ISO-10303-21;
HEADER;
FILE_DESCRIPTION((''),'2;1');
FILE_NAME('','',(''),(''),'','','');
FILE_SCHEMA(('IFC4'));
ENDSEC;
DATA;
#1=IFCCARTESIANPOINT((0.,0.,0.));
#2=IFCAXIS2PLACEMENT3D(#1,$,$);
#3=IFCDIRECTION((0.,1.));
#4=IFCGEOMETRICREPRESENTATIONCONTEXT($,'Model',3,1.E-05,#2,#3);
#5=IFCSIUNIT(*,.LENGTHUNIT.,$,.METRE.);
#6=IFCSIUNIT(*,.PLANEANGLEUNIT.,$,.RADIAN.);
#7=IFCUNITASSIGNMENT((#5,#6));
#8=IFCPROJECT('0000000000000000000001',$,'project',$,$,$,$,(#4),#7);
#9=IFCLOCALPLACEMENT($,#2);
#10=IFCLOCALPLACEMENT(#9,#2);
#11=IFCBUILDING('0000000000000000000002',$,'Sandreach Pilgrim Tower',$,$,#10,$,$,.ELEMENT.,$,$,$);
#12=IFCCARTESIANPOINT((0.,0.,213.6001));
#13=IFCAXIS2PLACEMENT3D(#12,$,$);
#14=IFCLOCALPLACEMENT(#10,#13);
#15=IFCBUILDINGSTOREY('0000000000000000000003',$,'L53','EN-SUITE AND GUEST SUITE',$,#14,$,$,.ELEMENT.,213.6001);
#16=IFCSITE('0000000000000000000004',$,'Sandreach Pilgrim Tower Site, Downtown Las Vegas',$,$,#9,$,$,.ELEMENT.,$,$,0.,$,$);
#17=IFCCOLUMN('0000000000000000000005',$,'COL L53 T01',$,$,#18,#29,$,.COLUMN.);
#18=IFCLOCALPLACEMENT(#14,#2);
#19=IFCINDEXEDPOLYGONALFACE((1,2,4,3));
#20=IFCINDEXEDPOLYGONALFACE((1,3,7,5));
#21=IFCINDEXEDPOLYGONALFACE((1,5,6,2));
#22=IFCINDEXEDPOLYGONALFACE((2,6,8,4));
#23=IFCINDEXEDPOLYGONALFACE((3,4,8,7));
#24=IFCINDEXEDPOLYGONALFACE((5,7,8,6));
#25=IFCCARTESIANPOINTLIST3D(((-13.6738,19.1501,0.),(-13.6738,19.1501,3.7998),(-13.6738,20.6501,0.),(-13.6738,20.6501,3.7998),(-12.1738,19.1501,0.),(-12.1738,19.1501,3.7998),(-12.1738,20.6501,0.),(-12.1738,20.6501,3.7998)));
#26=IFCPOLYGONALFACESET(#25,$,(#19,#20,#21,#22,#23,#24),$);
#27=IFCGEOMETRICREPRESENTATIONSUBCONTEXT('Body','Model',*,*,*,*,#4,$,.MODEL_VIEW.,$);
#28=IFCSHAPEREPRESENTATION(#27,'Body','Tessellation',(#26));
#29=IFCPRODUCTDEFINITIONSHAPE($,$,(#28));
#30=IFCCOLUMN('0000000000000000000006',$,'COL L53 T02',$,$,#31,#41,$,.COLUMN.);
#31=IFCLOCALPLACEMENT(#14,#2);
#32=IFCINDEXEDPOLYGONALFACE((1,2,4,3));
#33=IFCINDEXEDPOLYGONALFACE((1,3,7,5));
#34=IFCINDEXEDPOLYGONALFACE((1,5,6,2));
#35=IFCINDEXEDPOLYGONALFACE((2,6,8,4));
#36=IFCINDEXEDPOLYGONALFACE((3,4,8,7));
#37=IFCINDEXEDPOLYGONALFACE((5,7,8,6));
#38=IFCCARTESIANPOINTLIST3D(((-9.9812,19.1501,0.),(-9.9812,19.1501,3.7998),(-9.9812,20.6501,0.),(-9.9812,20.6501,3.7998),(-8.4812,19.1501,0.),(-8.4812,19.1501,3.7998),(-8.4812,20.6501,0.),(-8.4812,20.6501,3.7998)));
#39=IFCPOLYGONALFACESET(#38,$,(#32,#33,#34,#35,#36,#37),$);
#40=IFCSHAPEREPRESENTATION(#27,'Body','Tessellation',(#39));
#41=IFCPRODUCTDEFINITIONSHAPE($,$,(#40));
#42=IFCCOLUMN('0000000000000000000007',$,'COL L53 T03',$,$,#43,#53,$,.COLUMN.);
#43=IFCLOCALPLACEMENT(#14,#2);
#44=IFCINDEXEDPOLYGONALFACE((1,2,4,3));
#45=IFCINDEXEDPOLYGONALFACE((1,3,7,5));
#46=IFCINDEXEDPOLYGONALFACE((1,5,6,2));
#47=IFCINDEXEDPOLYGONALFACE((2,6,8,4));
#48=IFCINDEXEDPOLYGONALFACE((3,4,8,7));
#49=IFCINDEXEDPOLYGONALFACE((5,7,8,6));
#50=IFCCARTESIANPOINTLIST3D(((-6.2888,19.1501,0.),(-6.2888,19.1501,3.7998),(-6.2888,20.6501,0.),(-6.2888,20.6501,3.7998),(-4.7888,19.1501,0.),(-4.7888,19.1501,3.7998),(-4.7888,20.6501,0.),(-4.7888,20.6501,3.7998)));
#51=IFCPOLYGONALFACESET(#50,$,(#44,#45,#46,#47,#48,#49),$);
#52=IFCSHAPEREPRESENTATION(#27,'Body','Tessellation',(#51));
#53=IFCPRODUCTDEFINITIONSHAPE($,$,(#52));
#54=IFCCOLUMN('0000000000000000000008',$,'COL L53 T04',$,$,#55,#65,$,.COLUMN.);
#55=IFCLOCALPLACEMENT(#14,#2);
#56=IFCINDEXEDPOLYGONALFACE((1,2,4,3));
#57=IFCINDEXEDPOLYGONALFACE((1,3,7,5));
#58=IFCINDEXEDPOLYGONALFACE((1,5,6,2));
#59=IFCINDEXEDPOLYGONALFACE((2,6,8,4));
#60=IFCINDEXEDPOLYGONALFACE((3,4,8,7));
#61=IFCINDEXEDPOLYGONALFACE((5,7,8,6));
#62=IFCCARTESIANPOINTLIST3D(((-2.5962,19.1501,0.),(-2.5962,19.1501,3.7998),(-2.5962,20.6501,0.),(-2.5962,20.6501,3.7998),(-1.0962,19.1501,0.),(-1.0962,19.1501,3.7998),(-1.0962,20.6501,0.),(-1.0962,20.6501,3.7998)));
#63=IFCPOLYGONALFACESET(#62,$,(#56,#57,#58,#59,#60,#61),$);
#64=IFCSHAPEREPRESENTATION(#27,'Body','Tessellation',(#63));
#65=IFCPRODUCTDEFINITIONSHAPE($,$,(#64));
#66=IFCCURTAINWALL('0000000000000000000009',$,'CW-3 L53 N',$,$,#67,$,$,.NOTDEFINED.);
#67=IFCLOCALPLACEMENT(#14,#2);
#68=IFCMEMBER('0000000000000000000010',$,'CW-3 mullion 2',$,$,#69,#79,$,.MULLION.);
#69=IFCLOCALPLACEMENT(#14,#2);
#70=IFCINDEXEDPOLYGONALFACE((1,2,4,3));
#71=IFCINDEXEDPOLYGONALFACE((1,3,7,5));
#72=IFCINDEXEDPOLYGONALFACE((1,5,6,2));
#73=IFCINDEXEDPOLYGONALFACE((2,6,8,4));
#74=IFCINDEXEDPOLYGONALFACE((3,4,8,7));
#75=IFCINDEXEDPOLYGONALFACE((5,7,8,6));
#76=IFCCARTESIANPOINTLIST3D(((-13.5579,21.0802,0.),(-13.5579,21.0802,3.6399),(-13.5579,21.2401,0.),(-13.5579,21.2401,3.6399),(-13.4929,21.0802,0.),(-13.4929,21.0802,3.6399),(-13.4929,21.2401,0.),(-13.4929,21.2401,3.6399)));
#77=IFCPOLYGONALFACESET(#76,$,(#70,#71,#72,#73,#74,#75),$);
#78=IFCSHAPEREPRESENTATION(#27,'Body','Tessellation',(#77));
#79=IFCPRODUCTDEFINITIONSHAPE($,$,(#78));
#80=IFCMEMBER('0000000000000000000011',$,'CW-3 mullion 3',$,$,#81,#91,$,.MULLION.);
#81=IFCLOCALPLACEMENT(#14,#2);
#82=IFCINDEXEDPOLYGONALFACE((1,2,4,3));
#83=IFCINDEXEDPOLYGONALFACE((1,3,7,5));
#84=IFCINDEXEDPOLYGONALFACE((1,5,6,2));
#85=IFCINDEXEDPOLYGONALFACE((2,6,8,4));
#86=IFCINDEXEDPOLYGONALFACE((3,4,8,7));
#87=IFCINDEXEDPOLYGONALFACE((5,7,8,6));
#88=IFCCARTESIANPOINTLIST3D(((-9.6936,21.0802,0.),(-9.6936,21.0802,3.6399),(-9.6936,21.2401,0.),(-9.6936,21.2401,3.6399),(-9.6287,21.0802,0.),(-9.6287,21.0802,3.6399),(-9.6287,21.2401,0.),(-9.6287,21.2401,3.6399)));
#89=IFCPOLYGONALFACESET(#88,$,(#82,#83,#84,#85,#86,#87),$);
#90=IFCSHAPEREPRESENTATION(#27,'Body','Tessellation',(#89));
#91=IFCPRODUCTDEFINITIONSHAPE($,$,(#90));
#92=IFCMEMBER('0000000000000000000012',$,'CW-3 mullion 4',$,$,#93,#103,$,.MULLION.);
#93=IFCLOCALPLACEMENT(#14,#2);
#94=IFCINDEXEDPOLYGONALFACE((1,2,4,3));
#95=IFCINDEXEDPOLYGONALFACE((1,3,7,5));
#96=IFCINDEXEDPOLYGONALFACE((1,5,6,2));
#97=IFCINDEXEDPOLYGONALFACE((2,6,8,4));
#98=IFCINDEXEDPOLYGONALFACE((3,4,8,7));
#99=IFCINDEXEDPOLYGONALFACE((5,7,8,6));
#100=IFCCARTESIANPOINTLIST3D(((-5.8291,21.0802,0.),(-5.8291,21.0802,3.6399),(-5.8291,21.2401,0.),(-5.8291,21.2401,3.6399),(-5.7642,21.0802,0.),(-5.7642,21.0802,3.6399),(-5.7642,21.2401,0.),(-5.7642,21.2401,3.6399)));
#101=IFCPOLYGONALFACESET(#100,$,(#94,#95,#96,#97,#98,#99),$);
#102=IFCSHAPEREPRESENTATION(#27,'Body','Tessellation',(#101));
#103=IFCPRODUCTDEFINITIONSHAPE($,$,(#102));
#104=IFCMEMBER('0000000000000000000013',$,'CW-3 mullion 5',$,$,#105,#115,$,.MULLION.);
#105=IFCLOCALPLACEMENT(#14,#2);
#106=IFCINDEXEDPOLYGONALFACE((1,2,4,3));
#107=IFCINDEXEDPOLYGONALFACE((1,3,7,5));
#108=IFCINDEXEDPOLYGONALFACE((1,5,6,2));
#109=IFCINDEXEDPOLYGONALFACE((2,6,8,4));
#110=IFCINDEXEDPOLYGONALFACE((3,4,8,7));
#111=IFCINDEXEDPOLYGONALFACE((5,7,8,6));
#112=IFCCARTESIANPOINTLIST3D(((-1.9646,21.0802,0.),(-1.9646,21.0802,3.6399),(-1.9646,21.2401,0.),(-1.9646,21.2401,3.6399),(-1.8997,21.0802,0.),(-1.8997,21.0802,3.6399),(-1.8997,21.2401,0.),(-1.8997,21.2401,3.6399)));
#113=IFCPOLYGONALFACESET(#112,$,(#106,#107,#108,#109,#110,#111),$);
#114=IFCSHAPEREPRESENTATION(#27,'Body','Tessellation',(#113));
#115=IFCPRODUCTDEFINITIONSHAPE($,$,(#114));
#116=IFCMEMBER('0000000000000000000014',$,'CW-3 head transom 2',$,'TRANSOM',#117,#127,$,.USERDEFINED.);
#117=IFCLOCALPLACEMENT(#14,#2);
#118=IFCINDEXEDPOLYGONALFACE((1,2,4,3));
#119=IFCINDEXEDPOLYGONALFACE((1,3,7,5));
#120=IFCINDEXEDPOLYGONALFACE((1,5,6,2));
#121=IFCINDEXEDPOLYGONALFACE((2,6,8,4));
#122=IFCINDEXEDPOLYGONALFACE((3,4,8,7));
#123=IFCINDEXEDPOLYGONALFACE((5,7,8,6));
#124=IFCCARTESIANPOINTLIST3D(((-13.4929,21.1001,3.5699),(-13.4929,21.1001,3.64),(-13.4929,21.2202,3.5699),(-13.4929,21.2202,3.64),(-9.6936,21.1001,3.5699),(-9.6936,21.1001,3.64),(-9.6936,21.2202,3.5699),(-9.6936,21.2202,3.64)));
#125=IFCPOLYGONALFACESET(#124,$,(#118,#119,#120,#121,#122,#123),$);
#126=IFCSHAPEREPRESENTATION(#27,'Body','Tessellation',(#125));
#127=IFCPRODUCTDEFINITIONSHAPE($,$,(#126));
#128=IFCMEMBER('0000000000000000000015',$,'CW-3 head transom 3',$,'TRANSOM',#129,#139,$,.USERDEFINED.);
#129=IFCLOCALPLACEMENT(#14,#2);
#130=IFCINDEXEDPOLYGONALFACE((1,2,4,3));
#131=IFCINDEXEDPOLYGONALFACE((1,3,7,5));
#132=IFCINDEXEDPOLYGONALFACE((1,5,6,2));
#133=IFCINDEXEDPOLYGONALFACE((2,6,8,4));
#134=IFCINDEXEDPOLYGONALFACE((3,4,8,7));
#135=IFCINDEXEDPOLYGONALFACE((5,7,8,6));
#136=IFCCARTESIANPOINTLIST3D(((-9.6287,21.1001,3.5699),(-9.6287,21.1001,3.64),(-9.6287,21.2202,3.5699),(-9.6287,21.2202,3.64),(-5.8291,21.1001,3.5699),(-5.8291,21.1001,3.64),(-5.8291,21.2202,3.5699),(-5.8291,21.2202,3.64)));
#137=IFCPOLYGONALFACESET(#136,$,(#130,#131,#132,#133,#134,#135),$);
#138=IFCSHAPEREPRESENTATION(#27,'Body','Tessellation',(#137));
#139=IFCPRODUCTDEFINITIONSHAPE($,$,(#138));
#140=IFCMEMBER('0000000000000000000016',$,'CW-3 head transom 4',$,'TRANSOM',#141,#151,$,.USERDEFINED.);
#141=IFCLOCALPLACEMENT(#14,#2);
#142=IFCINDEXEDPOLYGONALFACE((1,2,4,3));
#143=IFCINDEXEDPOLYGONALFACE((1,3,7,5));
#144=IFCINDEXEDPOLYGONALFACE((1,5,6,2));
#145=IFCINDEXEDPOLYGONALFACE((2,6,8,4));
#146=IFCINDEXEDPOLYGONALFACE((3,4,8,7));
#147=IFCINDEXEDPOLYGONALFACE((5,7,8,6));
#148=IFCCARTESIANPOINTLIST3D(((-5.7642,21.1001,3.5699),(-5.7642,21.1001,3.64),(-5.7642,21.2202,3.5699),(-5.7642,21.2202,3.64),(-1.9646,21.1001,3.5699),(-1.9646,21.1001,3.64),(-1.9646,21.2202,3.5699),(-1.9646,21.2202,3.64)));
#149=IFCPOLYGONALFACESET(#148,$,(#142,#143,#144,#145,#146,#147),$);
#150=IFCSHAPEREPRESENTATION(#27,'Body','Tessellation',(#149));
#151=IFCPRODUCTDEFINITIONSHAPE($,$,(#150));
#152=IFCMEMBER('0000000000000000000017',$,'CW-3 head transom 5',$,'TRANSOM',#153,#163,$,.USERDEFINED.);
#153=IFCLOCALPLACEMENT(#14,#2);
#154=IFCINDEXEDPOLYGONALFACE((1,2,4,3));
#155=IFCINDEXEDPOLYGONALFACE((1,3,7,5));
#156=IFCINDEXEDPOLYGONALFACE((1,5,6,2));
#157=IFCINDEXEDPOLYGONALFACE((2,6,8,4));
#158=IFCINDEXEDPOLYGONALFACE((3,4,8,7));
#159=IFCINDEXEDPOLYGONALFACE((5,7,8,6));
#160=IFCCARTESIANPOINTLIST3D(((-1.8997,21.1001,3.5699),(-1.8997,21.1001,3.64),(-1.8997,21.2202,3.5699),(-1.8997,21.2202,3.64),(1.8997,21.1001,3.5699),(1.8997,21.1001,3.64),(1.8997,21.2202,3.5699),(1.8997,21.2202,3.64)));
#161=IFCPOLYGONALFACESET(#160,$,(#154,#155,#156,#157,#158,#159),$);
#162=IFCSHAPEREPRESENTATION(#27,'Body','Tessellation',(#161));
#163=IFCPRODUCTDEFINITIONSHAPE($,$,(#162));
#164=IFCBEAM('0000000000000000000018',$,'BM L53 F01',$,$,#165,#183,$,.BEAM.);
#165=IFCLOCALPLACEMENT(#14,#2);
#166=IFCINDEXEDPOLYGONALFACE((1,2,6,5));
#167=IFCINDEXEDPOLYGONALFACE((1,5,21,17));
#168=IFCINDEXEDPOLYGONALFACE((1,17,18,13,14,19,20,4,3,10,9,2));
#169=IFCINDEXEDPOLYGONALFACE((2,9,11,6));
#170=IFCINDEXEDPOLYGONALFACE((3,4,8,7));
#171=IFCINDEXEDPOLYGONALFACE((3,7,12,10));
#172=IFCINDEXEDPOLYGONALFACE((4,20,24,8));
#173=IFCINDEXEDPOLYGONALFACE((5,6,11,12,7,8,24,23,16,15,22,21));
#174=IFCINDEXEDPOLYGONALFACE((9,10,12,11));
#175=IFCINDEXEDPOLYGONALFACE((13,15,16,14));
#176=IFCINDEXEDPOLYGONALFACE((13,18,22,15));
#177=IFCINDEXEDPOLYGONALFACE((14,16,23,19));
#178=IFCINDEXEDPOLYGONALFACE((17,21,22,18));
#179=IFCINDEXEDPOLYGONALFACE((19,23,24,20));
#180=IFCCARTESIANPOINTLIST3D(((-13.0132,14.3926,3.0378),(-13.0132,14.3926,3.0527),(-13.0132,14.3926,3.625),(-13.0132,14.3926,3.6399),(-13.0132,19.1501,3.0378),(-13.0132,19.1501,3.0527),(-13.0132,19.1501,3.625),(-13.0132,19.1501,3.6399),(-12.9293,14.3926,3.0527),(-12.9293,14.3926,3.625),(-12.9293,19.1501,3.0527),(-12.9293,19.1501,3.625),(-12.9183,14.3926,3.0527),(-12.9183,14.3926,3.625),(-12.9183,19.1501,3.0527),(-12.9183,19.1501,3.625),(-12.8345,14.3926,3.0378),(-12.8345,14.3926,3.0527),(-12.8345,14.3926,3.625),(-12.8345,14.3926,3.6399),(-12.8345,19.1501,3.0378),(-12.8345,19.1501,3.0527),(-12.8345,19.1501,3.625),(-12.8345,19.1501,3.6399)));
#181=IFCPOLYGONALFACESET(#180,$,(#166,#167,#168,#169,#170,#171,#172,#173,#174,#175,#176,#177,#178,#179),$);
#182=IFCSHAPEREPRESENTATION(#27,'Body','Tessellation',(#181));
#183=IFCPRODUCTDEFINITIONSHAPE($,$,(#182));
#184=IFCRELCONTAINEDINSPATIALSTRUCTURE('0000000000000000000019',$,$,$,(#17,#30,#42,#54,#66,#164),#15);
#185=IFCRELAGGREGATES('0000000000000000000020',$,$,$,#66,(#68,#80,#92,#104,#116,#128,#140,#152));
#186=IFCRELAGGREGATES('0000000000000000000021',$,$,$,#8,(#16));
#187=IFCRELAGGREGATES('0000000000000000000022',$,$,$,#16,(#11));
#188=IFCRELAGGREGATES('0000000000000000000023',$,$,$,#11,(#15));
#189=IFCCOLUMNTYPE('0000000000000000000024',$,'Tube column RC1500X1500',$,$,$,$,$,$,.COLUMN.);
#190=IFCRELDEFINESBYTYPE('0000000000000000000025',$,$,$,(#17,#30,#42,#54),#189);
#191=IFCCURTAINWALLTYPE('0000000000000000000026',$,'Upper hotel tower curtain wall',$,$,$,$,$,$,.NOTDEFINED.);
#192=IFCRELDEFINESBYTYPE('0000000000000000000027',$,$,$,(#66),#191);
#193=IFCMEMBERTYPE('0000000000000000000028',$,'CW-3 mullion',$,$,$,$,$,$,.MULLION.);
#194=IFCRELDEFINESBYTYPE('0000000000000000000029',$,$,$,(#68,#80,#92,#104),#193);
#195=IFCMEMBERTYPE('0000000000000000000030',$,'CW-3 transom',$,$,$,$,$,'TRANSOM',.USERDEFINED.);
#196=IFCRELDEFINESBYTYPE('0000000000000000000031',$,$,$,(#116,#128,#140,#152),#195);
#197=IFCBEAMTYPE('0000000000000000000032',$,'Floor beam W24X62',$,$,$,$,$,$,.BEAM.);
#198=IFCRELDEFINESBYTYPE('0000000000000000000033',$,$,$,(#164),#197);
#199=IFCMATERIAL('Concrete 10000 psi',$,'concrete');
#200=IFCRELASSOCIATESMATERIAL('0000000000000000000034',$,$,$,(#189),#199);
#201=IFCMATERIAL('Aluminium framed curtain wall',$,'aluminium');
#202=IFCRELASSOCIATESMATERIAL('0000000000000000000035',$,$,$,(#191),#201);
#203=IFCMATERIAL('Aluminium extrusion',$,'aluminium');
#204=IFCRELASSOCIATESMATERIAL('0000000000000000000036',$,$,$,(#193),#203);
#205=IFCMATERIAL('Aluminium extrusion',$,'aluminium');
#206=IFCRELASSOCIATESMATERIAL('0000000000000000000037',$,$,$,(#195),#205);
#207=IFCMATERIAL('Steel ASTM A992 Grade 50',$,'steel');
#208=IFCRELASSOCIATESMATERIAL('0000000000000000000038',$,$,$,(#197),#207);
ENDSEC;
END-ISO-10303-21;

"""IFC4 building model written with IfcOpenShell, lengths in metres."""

from ifc_helpers import new_model, si_unit, direction, frame, origin, origin_2d, place, context, subcontext, project, spatial, rectangle, i_section, extrude, material, material_profile, profile_set, type_object, element, aggregate, save


model = new_model("IFC4")

# Units and contexts
model_context = context("Model", 3, precision=1e-05, world=origin(), true_north=direction((0.0, 1.0)))
body_context = subcontext(model_context, "Body", "Model", "MODEL_VIEW")
ifc_project = project(units=[si_unit("LENGTHUNIT", "METRE"), si_unit("PLANEANGLEUNIT", "RADIAN")], contexts=[model_context])

# Site, building, storey
site_placement = place(None, origin())
site = spatial("IfcSite", under=ifc_project, at=site_placement, Name="Sandreach Pilgrim Tower Site, Downtown Las Vegas", CompositionType="ELEMENT", RefElevation=0.0)
building_placement = place(site_placement, origin())
building = spatial("IfcBuilding", under=site, at=building_placement, Name="Sandreach Pilgrim Tower", CompositionType="ELEMENT")
storey_placement = place(building_placement, frame((0.0, 0.0, 213.6001)))
storey = spatial("IfcBuildingStorey", under=building, at=storey_placement, Name="L53", Description="EN-SUITE AND GUEST SUITE", CompositionType="ELEMENT", Elevation=213.6001)

# Columns
ifc_material_1 = material(Name="Concrete 10000 psi", Category="concrete")
ifc_material_profile_1 = material_profile(ifc_material_1, rectangle(XDim=1.5, YDim=1.5, at=origin_2d()), Name="RC1500X1500")
ifc_profile_set_1 = profile_set([ifc_material_profile_1], Name="Concrete 10000 psi")
column_type = type_object("IfcColumnType", Name="Tube column RC1500X1500", PredefinedType="COLUMN", material=ifc_profile_set_1)
for number, where, z_axis, x_axis, name in (
    (1, (-12.9238, 19.9001, 0.0), (0.0, 0.0, 1.0), (0.0, 1.0, 0.0), "COL L53 T01"),
    (2, (-9.2312, 19.9001, 0.0), (0.0, 0.0, 1.0), (0.0, 1.0, 0.0), "COL L53 T02"),
    (3, (-5.5388, 19.9001, 0.0), (0.0, 0.0, 1.0), (0.0, 1.0, 0.0), "COL L53 T03"),
    (4, (-1.8462, 19.9001, 0.0), (0.0, 0.0, 1.0), (0.0, 1.0, 0.0), "COL L53 T04"),
):
    element("IfcColumn", number, at=place(storey_placement, frame(where, z_axis=z_axis, x_axis=x_axis)), inside=storey, type_object=column_type, Name=name, PredefinedType="COLUMN", context=body_context, shape_type="SweptSolid", body=[
        extrude(rectangle(XDim=1.5, YDim=1.5, at=origin_2d()), origin(), (0.0, 0.0, 1.0), 3.7998),
    ])

# Curtain wall, members
ifc_material_2 = material(Name="Aluminium framed curtain wall", Category="aluminium")
curtain_wall_type = type_object("IfcCurtainWallType", Name="Upper hotel tower curtain wall", PredefinedType="NOTDEFINED", material=ifc_material_2)
curtain_wall_placement = place(storey_placement, origin())
curtain_wall = element("IfcCurtainWall", 5, at=curtain_wall_placement, inside=storey, type_object=curtain_wall_type, Name="CW-3 L53 N", PredefinedType="NOTDEFINED")
ifc_material_3 = material(Name="Aluminium extrusion", Category="aluminium")
ifc_material_profile_2 = material_profile(ifc_material_3, rectangle(XDim=0.0649, YDim=0.1599, at=origin_2d()), Name="CW-3M 65X160")
ifc_profile_set_2 = profile_set([ifc_material_profile_2], Name="Aluminium extrusion")
member_type_1 = type_object("IfcMemberType", Name="CW-3 mullion", PredefinedType="MULLION", material=ifc_profile_set_2)
member_1_placement = place(storey_placement, frame((-13.5254, 21.1602, 0.0), z_axis=(0.0, 0.0, 1.0), x_axis=(1.0, 0.0, 0.0)))
member_1 = element("IfcMember", 6, at=member_1_placement, type_object=member_type_1, Name="CW-3 mullion 2", PredefinedType="MULLION", context=body_context, shape_type="SweptSolid", body=[
    extrude(rectangle(XDim=0.0649, YDim=0.1599, at=origin_2d()), origin(), (0.0, 0.0, 1.0), 3.6399),
])
member_2_placement = place(storey_placement, frame((-9.6611, 21.1602, 0.0), z_axis=(0.0, 0.0, 1.0), x_axis=(1.0, 0.0, 0.0)))
member_2 = element("IfcMember", 7, at=member_2_placement, type_object=member_type_1, Name="CW-3 mullion 3", PredefinedType="MULLION", context=body_context, shape_type="SweptSolid", body=[
    extrude(rectangle(XDim=0.0649, YDim=0.1599, at=origin_2d()), origin(), (0.0, 0.0, 1.0), 3.6399),
])
member_3_placement = place(storey_placement, frame((-5.7966, 21.1602, 0.0), z_axis=(0.0, 0.0, 1.0), x_axis=(1.0, 0.0, 0.0)))
member_3 = element("IfcMember", 8, at=member_3_placement, type_object=member_type_1, Name="CW-3 mullion 4", PredefinedType="MULLION", context=body_context, shape_type="SweptSolid", body=[
    extrude(rectangle(XDim=0.0649, YDim=0.1599, at=origin_2d()), origin(), (0.0, 0.0, 1.0), 3.6399),
])
member_4_placement = place(storey_placement, frame((-1.9321, 21.1602, 0.0), z_axis=(0.0, 0.0, 1.0), x_axis=(1.0, 0.0, 0.0)))
member_4 = element("IfcMember", 9, at=member_4_placement, type_object=member_type_1, Name="CW-3 mullion 5", PredefinedType="MULLION", context=body_context, shape_type="SweptSolid", body=[
    extrude(rectangle(XDim=0.0649, YDim=0.1599, at=origin_2d()), origin(), (0.0, 0.0, 1.0), 3.6399),
])
ifc_material_4 = material(Name="Aluminium extrusion", Category="aluminium")
ifc_material_profile_3 = material_profile(ifc_material_4, rectangle(XDim=0.1201, YDim=0.0701, at=origin_2d()), Name="CW-3T 120X70")
ifc_profile_set_3 = profile_set([ifc_material_profile_3], Name="Aluminium extrusion")
member_type_2 = type_object("IfcMemberType", Name="CW-3 transom", ElementType="TRANSOM", PredefinedType="USERDEFINED", material=ifc_profile_set_3)
member_5_placement = place(storey_placement, frame((-13.4929, 21.1602, 3.605), z_axis=(1.0, 0.0, 0.0), x_axis=(0.0, 1.0, 0.0)))
member_5 = element("IfcMember", 10, at=member_5_placement, type_object=member_type_2, Name="CW-3 head transom 2", ObjectType="TRANSOM", PredefinedType="USERDEFINED", context=body_context, shape_type="SweptSolid", body=[
    extrude(rectangle(XDim=0.1201, YDim=0.0701, at=origin_2d()), origin(), (0.0, 0.0, 1.0), 3.7993),
])
member_6_placement = place(storey_placement, frame((-9.6287, 21.1602, 3.605), z_axis=(1.0, 0.0, 0.0), x_axis=(0.0, 1.0, 0.0)))
member_6 = element("IfcMember", 11, at=member_6_placement, type_object=member_type_2, Name="CW-3 head transom 3", ObjectType="TRANSOM", PredefinedType="USERDEFINED", context=body_context, shape_type="SweptSolid", body=[
    extrude(rectangle(XDim=0.1201, YDim=0.0701, at=origin_2d()), origin(), (0.0, 0.0, 1.0), 3.7996),
])
member_7_placement = place(storey_placement, frame((-5.7642, 21.1602, 3.605), z_axis=(1.0, 0.0, 0.0), x_axis=(0.0, 1.0, 0.0)))
member_7 = element("IfcMember", 12, at=member_7_placement, type_object=member_type_2, Name="CW-3 head transom 4", ObjectType="TRANSOM", PredefinedType="USERDEFINED", context=body_context, shape_type="SweptSolid", body=[
    extrude(rectangle(XDim=0.1201, YDim=0.0701, at=origin_2d()), origin(), (0.0, 0.0, 1.0), 3.7996),
])
member_8_placement = place(storey_placement, frame((-1.8997, 21.1602, 3.605), z_axis=(1.0, 0.0, 0.0), x_axis=(0.0, 1.0, 0.0)))
member_8 = element("IfcMember", 13, at=member_8_placement, type_object=member_type_2, Name="CW-3 head transom 5", ObjectType="TRANSOM", PredefinedType="USERDEFINED", context=body_context, shape_type="SweptSolid", body=[
    extrude(rectangle(XDim=0.1201, YDim=0.0701, at=origin_2d()), origin(), (0.0, 0.0, 1.0), 3.7993),
])

# Beam
ifc_material_5 = material(Name="Steel ASTM A992 Grade 50", Category="steel")
ifc_material_profile_4 = material_profile(ifc_material_5, i_section(OverallWidth=0.1787, OverallDepth=0.6021, WebThickness=0.011, FlangeThickness=0.0149, at=origin_2d()), Name="W24X62")
ifc_profile_set_4 = profile_set([ifc_material_profile_4], Name="Steel ASTM A992 Grade 50")
beam_type_1 = type_object("IfcBeamType", Name="Floor beam W24X62", PredefinedType="BEAM", material=ifc_profile_set_4)
beam_1_placement = place(storey_placement, frame((-12.9238, 19.1501, 3.3389), z_axis=(0.0, -1.0, 0.0), x_axis=(1.0, 0.0, 0.0)))
element("IfcBeam", 14, at=beam_1_placement, inside=storey, type_object=beam_type_1, Name="BM L53 F01", PredefinedType="BEAM", context=body_context, shape_type="SweptSolid", body=[
    extrude(i_section(OverallWidth=0.1787, OverallDepth=0.6021, WebThickness=0.011, FlangeThickness=0.0149, at=origin_2d()), origin(), (0.0, 0.0, 1.0), 4.7576),
])

aggregate(curtain_wall, [member_1, member_2, member_3, member_4, member_5, member_6, member_7, member_8])

save(model, "model.ifc")
